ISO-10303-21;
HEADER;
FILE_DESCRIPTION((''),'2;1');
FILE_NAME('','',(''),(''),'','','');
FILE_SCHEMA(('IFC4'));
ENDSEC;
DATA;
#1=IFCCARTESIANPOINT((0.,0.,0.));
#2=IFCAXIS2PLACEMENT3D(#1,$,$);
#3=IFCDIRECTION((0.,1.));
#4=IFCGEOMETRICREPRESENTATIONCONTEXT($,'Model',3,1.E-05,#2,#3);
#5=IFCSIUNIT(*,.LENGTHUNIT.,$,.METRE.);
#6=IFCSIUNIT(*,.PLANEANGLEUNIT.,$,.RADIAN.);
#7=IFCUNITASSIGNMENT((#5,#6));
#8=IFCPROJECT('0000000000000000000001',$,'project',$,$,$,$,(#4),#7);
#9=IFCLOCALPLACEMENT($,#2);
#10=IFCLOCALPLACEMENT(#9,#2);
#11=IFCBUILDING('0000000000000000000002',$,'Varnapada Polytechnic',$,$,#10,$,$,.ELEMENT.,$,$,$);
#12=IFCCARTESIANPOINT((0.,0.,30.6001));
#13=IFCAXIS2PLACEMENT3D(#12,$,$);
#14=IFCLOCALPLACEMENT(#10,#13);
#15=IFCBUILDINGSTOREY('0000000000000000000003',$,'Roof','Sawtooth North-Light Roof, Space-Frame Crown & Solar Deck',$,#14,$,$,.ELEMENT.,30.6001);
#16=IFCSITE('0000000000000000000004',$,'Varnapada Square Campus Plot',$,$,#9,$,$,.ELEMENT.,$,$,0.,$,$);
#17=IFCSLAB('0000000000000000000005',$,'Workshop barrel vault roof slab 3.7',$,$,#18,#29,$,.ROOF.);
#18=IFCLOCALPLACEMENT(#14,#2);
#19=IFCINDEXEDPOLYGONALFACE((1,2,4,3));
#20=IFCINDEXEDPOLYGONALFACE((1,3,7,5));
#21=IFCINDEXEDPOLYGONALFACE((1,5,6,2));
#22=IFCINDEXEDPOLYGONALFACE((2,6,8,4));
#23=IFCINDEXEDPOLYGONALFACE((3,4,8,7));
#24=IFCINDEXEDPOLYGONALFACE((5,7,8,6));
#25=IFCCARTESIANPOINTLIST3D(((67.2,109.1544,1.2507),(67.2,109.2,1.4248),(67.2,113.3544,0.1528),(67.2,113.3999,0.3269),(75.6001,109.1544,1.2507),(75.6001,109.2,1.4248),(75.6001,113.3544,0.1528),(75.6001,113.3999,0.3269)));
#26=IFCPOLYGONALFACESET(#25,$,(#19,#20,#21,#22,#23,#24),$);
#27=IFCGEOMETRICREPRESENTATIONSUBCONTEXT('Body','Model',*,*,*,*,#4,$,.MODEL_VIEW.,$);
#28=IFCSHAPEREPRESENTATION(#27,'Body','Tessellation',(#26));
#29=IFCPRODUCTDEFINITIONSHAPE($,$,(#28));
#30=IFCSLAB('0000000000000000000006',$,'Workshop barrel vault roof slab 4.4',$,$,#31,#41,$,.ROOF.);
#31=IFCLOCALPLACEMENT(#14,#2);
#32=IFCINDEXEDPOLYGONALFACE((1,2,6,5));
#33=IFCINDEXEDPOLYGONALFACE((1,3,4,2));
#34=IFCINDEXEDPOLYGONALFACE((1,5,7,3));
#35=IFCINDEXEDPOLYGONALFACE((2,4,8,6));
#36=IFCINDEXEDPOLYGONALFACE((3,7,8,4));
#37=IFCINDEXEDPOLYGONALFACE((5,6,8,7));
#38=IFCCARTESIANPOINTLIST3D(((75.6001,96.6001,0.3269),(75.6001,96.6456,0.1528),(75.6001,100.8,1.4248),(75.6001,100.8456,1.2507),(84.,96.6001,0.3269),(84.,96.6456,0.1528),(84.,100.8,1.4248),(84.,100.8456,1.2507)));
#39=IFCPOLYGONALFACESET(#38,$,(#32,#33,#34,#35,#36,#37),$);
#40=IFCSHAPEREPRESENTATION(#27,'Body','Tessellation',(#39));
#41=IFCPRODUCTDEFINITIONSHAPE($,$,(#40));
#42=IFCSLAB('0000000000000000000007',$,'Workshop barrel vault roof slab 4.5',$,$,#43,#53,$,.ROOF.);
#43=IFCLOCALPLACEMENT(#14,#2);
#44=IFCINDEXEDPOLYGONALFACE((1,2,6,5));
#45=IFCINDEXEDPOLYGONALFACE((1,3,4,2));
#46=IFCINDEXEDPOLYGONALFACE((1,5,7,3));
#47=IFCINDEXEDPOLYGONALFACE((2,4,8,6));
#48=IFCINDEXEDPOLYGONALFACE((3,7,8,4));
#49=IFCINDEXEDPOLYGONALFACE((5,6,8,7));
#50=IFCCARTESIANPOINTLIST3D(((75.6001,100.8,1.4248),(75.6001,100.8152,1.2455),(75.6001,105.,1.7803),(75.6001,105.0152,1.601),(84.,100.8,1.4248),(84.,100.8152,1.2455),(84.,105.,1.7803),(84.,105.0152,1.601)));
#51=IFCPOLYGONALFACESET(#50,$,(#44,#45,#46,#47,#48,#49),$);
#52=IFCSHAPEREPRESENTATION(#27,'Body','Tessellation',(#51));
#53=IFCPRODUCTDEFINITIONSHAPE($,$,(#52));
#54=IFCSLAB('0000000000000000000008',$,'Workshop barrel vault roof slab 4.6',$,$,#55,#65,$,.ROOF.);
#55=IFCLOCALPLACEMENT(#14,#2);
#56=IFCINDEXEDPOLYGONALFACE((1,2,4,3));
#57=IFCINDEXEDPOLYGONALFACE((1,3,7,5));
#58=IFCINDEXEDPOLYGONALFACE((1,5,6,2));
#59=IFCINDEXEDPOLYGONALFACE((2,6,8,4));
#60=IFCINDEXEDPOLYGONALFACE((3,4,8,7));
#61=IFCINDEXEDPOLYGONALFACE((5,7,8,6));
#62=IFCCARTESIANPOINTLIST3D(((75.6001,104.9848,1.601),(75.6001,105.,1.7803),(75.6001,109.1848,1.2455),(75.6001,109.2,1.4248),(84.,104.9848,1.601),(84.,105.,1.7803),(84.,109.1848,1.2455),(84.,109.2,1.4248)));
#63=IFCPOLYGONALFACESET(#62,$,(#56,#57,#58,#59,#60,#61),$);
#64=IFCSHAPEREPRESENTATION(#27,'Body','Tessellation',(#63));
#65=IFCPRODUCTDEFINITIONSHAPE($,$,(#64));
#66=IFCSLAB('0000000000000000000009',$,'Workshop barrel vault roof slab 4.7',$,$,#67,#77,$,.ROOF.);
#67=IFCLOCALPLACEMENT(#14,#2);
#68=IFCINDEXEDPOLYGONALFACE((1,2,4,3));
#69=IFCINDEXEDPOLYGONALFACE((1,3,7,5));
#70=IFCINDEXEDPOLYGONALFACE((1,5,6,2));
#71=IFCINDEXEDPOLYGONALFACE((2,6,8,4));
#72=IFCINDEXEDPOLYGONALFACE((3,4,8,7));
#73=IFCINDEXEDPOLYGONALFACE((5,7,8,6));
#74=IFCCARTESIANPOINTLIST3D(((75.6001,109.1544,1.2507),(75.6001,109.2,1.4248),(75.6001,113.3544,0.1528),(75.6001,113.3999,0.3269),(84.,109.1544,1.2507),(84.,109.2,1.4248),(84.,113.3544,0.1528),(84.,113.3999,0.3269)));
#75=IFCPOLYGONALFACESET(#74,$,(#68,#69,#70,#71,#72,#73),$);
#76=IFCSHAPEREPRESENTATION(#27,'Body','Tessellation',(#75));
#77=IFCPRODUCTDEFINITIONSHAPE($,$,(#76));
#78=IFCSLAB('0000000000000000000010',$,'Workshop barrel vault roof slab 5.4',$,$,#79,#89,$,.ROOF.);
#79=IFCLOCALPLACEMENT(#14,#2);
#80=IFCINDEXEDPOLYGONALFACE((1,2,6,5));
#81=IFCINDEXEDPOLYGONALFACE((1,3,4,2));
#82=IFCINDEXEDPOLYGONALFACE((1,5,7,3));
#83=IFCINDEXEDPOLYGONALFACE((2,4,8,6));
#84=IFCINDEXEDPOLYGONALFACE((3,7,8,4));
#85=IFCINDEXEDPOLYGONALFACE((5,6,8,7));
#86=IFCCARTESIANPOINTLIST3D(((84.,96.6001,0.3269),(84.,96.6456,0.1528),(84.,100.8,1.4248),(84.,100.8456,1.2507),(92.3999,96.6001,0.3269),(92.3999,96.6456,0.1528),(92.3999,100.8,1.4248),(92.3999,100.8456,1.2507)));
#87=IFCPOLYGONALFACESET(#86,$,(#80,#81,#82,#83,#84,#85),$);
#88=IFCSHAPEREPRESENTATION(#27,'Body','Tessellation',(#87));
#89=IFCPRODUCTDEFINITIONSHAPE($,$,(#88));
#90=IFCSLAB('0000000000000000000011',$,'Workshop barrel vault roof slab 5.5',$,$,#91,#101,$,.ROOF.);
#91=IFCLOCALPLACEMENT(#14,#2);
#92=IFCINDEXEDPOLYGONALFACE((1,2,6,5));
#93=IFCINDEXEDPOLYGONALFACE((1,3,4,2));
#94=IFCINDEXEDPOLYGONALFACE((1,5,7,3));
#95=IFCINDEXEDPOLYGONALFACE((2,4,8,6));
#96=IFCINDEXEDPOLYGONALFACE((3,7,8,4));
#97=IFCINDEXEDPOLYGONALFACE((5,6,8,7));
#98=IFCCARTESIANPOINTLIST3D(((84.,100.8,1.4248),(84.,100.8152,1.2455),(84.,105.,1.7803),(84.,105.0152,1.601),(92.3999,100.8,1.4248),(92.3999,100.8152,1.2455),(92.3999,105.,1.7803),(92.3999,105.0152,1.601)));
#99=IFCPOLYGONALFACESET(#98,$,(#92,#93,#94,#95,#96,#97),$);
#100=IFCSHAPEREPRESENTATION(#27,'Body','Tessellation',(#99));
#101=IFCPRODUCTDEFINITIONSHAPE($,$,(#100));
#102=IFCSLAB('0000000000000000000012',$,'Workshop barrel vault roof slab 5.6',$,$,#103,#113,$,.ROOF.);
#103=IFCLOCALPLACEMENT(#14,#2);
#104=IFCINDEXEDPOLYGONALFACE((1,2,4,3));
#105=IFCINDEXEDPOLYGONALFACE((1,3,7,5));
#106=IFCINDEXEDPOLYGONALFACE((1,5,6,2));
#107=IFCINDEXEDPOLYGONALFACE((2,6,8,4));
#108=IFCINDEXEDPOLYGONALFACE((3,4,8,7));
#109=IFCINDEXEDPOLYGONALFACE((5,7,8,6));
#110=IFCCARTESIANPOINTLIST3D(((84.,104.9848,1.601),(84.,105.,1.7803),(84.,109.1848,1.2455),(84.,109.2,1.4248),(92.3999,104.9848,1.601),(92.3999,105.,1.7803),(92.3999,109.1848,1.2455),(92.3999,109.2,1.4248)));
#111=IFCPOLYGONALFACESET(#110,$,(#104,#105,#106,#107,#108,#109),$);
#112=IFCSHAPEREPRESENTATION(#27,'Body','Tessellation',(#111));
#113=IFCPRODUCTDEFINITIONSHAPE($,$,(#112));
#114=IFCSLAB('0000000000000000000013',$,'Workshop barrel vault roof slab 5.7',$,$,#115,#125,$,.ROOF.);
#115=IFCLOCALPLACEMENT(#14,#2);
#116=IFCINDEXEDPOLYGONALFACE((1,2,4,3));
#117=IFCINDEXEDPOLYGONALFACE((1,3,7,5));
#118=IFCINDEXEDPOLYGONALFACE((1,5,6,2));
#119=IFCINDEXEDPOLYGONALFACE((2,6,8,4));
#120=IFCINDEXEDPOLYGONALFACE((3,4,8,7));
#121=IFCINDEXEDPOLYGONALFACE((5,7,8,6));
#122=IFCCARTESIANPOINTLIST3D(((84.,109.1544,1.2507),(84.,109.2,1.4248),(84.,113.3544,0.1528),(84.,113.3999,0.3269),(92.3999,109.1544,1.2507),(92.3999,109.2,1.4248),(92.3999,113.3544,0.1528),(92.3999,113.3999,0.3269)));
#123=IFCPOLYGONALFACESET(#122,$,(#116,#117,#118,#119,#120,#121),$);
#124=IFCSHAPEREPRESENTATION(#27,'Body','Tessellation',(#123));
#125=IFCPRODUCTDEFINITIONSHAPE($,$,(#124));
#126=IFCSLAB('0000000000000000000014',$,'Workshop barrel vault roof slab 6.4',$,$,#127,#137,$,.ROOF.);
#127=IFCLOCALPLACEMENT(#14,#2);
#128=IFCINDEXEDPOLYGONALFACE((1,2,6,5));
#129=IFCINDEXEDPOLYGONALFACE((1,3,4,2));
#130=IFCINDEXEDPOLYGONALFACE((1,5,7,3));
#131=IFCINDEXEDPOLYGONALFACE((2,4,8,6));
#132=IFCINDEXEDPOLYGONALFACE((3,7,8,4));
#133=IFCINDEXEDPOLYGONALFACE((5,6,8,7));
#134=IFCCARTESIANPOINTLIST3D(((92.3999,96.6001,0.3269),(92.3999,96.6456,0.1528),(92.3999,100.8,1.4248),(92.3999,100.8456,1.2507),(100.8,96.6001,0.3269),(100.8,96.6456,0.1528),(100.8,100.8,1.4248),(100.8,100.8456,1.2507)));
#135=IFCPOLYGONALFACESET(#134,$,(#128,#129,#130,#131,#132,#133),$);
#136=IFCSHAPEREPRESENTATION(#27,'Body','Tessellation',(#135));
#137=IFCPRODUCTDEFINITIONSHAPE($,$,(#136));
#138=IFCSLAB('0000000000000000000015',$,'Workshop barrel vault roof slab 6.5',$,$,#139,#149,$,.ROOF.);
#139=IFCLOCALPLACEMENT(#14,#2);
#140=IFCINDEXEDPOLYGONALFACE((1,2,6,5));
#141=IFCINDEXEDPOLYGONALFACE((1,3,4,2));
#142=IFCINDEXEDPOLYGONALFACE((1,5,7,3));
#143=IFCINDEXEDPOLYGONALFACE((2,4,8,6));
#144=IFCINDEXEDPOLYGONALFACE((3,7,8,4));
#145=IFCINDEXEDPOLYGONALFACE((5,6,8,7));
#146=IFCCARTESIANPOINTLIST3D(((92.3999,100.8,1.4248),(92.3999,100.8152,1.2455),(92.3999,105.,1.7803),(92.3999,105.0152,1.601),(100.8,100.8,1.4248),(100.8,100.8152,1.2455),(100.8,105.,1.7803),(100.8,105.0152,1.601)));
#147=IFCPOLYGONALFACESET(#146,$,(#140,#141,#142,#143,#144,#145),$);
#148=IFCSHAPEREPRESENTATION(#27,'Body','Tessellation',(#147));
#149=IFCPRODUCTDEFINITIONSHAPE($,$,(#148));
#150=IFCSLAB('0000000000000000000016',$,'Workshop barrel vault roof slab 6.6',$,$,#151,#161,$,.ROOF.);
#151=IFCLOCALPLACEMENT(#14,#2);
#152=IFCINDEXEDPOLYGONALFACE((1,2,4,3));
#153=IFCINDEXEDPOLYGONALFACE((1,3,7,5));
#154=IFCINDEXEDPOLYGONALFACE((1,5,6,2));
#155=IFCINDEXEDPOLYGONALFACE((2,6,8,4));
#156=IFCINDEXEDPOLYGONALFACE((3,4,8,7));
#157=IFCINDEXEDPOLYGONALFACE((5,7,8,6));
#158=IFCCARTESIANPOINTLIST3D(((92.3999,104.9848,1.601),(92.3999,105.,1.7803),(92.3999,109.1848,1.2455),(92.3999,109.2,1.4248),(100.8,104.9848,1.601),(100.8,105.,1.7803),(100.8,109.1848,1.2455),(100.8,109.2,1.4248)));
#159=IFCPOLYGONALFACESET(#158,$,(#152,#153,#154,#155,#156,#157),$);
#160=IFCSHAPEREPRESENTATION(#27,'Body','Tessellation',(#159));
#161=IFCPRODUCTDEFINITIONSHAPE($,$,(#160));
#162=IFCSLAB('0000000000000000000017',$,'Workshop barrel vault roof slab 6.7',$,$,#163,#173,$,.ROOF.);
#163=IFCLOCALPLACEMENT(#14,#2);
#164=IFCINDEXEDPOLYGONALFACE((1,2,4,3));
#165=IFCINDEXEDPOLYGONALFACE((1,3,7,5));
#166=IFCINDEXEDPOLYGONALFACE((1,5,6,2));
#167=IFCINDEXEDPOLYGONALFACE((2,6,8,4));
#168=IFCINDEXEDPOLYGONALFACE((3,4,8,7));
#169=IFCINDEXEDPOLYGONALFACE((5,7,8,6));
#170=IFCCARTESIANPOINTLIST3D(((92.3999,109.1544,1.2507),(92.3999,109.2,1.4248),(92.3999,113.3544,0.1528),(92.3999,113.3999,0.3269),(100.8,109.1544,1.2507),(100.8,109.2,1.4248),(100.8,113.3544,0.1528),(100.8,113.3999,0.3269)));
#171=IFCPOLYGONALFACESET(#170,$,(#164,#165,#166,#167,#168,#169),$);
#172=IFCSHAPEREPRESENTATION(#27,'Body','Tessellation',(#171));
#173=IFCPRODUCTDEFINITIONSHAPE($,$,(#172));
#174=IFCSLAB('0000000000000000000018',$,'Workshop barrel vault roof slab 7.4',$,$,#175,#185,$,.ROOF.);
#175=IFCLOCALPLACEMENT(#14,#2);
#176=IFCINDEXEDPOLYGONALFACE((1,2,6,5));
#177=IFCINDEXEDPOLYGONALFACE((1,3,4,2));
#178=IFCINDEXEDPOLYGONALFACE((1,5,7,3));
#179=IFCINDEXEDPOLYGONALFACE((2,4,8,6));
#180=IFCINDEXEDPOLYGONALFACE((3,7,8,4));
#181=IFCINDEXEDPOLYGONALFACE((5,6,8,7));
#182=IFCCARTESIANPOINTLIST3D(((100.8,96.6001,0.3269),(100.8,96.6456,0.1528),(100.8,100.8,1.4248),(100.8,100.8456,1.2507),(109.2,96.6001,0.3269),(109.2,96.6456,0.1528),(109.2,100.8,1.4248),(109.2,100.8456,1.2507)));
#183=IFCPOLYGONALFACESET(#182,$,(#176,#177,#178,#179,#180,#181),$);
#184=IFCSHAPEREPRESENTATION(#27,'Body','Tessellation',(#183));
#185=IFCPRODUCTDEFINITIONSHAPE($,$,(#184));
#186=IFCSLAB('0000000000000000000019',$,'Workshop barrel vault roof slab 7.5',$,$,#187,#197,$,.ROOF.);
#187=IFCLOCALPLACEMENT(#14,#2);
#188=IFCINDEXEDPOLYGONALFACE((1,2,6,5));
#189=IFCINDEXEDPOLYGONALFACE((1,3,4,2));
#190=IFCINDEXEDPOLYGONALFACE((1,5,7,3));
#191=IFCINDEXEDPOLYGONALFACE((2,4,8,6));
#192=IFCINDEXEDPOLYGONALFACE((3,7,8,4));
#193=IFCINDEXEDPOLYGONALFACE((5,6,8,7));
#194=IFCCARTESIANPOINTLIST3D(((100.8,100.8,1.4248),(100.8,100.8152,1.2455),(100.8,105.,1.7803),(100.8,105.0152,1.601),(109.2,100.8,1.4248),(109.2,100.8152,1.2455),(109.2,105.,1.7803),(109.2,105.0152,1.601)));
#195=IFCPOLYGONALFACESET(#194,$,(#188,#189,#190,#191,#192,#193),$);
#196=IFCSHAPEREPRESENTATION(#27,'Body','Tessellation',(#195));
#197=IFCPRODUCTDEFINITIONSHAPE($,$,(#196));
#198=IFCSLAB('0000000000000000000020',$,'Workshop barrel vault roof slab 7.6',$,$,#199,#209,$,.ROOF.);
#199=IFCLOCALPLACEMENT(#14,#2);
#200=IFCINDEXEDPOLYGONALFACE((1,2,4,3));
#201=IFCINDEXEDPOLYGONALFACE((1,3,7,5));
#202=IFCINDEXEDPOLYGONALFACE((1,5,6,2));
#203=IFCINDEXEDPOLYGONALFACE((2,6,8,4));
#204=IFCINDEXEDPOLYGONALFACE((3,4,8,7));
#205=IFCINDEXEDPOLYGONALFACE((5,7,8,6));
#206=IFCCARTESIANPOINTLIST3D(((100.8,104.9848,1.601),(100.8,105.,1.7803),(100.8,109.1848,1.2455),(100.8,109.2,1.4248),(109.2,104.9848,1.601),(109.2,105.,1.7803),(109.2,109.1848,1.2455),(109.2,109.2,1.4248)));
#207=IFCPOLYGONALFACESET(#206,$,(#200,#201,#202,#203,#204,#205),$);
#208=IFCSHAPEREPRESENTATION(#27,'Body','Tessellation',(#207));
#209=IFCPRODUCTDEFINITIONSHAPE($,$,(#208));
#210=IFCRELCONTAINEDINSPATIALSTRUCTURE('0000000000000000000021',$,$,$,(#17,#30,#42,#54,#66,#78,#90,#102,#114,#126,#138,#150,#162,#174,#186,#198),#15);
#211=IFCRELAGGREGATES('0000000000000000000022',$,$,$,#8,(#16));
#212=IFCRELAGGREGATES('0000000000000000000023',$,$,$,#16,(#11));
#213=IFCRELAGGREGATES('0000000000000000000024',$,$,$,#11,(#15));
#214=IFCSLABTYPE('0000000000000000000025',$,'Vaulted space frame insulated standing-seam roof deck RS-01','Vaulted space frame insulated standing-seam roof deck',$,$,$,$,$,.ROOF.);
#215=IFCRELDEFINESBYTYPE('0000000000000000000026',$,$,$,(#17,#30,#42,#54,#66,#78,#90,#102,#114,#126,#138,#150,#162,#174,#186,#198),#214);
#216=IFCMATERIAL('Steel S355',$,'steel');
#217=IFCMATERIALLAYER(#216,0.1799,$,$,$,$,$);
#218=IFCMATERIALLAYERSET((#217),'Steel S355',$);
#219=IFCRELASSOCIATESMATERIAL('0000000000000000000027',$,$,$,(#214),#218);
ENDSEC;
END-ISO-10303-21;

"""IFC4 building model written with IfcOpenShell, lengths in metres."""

from ifc_helpers import new_model, si_unit, direction, frame, origin, place, context, subcontext, project, spatial, polyline, outline, extrude, material, layer, layer_set, type_object, element, save


model = new_model("IFC4")

# Units and contexts
model_context = context("Model", 3, precision=1e-05, world=origin(), true_north=direction((0.0, 1.0)))
body_context = subcontext(model_context, "Body", "Model", "MODEL_VIEW")
ifc_project = project(units=[si_unit("LENGTHUNIT", "METRE"), si_unit("PLANEANGLEUNIT", "RADIAN")], contexts=[model_context])

# Site, building, storey
site_placement = place(None, origin())
site = spatial("IfcSite", under=ifc_project, at=site_placement, Name="Varnapada Square Campus Plot", CompositionType="ELEMENT", RefElevation=0.0)
building_placement = place(site_placement, origin())
building = spatial("IfcBuilding", under=site, at=building_placement, Name="Varnapada Polytechnic", CompositionType="ELEMENT")
storey_placement = place(building_placement, frame((0.0, 0.0, 30.6001)))
storey = spatial("IfcBuildingStorey", under=building, at=storey_placement, Name="Roof", Description="Sawtooth North-Light Roof, Space-Frame Crown & Solar Deck", CompositionType="ELEMENT", Elevation=30.6001)

# Slabs
ifc_material = material(Name="Steel S355", Category="steel")
ifc_layer = layer(ifc_material, 0.1799)
ifc_layer_set = layer_set([ifc_layer], Name="Steel S355")
slab_type = type_object("IfcSlabType", Name="Vaulted space frame insulated standing-seam roof deck RS-01", Description="Vaulted space frame insulated standing-seam roof deck", PredefinedType="ROOF", material=ifc_layer_set)
slab_1_placement = place(storey_placement, frame((67.2, 109.2, 1.4248), z_axis=(0.0, 0.25291, 0.96749), x_axis=(1.0, 0.0, 0.0)))
element("IfcSlab", 1, at=slab_1_placement, inside=storey, type_object=slab_type, Name="Workshop barrel vault roof slab 3.7", PredefinedType="ROOF", context=body_context, shape_type="SweptSolid", body=[
    extrude(outline(polyline([(0.0, 0.0), (8.4001, 0.0), (8.4001, 4.3411), (0.0, 4.3411), (0.0, 0.0)])), origin(), (0.0, 0.0, -1.0), 0.1799),
])
slab_2_placement = place(storey_placement, frame((75.6001, 96.6001, 0.3269), z_axis=(0.0, -0.25291, 0.96749), x_axis=(1.0, 0.0, 0.0)))
element("IfcSlab", 2, at=slab_2_placement, inside=storey, type_object=slab_type, Name="Workshop barrel vault roof slab 4.4", PredefinedType="ROOF", context=body_context, shape_type="SweptSolid", body=[
    extrude(outline(polyline([(0.0, 0.0), (8.3999, 0.0), (8.3999, 4.3411), (0.0, 4.3411), (0.0, 0.0)])), origin(), (0.0, 0.0, -1.0), 0.1799),
])
for number, where, z_axis, x_axis, name in (
    (3, (75.6001, 100.8, 1.4248), (0.0, -0.084335, 0.996437), (1.0, 0.0, 0.0), "Workshop barrel vault roof slab 4.5"),
    (4, (75.6001, 105.0, 1.7803), (0.0, 0.084335, 0.996437), (1.0, 0.0, 0.0), "Workshop barrel vault roof slab 4.6"),
):
    element("IfcSlab", number, at=place(storey_placement, frame(where, z_axis=z_axis, x_axis=x_axis)), inside=storey, type_object=slab_type, Name=name, PredefinedType="ROOF", context=body_context, shape_type="SweptSolid", body=[
        extrude(outline(polyline([(0.0, 0.0), (8.3999, 0.0), (8.3999, 4.215), (0.0, 4.215), (0.0, 0.0)])), origin(), (0.0, 0.0, -1.0), 0.1799),
    ])
for number, where, z_axis, x_axis, name in (
    (5, (75.6001, 109.2, 1.4248), (0.0, 0.25291, 0.96749), (1.0, 0.0, 0.0), "Workshop barrel vault roof slab 4.7"),
    (6, (84.0, 96.6001, 0.3269), (0.0, -0.25291, 0.96749), (1.0, 0.0, 0.0), "Workshop barrel vault roof slab 5.4"),
):
    element("IfcSlab", number, at=place(storey_placement, frame(where, z_axis=z_axis, x_axis=x_axis)), inside=storey, type_object=slab_type, Name=name, PredefinedType="ROOF", context=body_context, shape_type="SweptSolid", body=[
        extrude(outline(polyline([(0.0, 0.0), (8.3999, 0.0), (8.3999, 4.3411), (0.0, 4.3411), (0.0, 0.0)])), origin(), (0.0, 0.0, -1.0), 0.1799),
    ])
for number, where, z_axis, x_axis, name in (
    (7, (84.0, 100.8, 1.4248), (0.0, -0.084335, 0.996437), (1.0, 0.0, 0.0), "Workshop barrel vault roof slab 5.5"),
    (8, (84.0, 105.0, 1.7803), (0.0, 0.084335, 0.996437), (1.0, 0.0, 0.0), "Workshop barrel vault roof slab 5.6"),
):
    element("IfcSlab", number, at=place(storey_placement, frame(where, z_axis=z_axis, x_axis=x_axis)), inside=storey, type_object=slab_type, Name=name, PredefinedType="ROOF", context=body_context, shape_type="SweptSolid", body=[
        extrude(outline(polyline([(0.0, 0.0), (8.3999, 0.0), (8.3999, 4.215), (0.0, 4.215), (0.0, 0.0)])), origin(), (0.0, 0.0, -1.0), 0.1799),
    ])
slab_3_placement = place(storey_placement, frame((84.0, 109.2, 1.4248), z_axis=(0.0, 0.25291, 0.96749), x_axis=(1.0, 0.0, 0.0)))
element("IfcSlab", 9, at=slab_3_placement, inside=storey, type_object=slab_type, Name="Workshop barrel vault roof slab 5.7", PredefinedType="ROOF", context=body_context, shape_type="SweptSolid", body=[
    extrude(outline(polyline([(0.0, 0.0), (8.3999, 0.0), (8.3999, 4.3411), (0.0, 4.3411), (0.0, 0.0)])), origin(), (0.0, 0.0, -1.0), 0.1799),
])
slab_4_placement = place(storey_placement, frame((92.3999, 96.6001, 0.3269), z_axis=(0.0, -0.25291, 0.96749), x_axis=(1.0, 0.0, 0.0)))
element("IfcSlab", 10, at=slab_4_placement, inside=storey, type_object=slab_type, Name="Workshop barrel vault roof slab 6.4", PredefinedType="ROOF", context=body_context, shape_type="SweptSolid", body=[
    extrude(outline(polyline([(0.0, 0.0), (8.4001, 0.0), (8.4001, 4.3411), (0.0, 4.3411), (0.0, 0.0)])), origin(), (0.0, 0.0, -1.0), 0.1799),
])
for number, where, z_axis, x_axis, name in (
    (11, (92.3999, 100.8, 1.4248), (0.0, -0.084335, 0.996437), (1.0, 0.0, 0.0), "Workshop barrel vault roof slab 6.5"),
    (12, (92.3999, 105.0, 1.7803), (0.0, 0.084335, 0.996437), (1.0, 0.0, 0.0), "Workshop barrel vault roof slab 6.6"),
):
    element("IfcSlab", number, at=place(storey_placement, frame(where, z_axis=z_axis, x_axis=x_axis)), inside=storey, type_object=slab_type, Name=name, PredefinedType="ROOF", context=body_context, shape_type="SweptSolid", body=[
        extrude(outline(polyline([(0.0, 0.0), (8.4001, 0.0), (8.4001, 4.215), (0.0, 4.215), (0.0, 0.0)])), origin(), (0.0, 0.0, -1.0), 0.1799),
    ])
slab_5_placement = place(storey_placement, frame((92.3999, 109.2, 1.4248), z_axis=(0.0, 0.25291, 0.96749), x_axis=(1.0, 0.0, 0.0)))
element("IfcSlab", 13, at=slab_5_placement, inside=storey, type_object=slab_type, Name="Workshop barrel vault roof slab 6.7", PredefinedType="ROOF", context=body_context, shape_type="SweptSolid", body=[
    extrude(outline(polyline([(0.0, 0.0), (8.4001, 0.0), (8.4001, 4.3411), (0.0, 4.3411), (0.0, 0.0)])), origin(), (0.0, 0.0, -1.0), 0.1799),
])
slab_6_placement = place(storey_placement, frame((100.8, 96.6001, 0.3269), z_axis=(0.0, -0.25291, 0.96749), x_axis=(1.0, 0.0, 0.0)))
element("IfcSlab", 14, at=slab_6_placement, inside=storey, type_object=slab_type, Name="Workshop barrel vault roof slab 7.4", PredefinedType="ROOF", context=body_context, shape_type="SweptSolid", body=[
    extrude(outline(polyline([(0.0, 0.0), (8.3999, 0.0), (8.3999, 4.3411), (0.0, 4.3411), (0.0, 0.0)])), origin(), (0.0, 0.0, -1.0), 0.1799),
])
for number, where, z_axis, x_axis, name in (
    (15, (100.8, 100.8, 1.4248), (0.0, -0.084335, 0.996437), (1.0, 0.0, 0.0), "Workshop barrel vault roof slab 7.5"),
    (16, (100.8, 105.0, 1.7803), (0.0, 0.084335, 0.996437), (1.0, 0.0, 0.0), "Workshop barrel vault roof slab 7.6"),
):
    element("IfcSlab", number, at=place(storey_placement, frame(where, z_axis=z_axis, x_axis=x_axis)), inside=storey, type_object=slab_type, Name=name, PredefinedType="ROOF", context=body_context, shape_type="SweptSolid", body=[
        extrude(outline(polyline([(0.0, 0.0), (8.3999, 0.0), (8.3999, 4.215), (0.0, 4.215), (0.0, 0.0)])), origin(), (0.0, 0.0, -1.0), 0.1799),
    ])

save(model, "model.ifc")
